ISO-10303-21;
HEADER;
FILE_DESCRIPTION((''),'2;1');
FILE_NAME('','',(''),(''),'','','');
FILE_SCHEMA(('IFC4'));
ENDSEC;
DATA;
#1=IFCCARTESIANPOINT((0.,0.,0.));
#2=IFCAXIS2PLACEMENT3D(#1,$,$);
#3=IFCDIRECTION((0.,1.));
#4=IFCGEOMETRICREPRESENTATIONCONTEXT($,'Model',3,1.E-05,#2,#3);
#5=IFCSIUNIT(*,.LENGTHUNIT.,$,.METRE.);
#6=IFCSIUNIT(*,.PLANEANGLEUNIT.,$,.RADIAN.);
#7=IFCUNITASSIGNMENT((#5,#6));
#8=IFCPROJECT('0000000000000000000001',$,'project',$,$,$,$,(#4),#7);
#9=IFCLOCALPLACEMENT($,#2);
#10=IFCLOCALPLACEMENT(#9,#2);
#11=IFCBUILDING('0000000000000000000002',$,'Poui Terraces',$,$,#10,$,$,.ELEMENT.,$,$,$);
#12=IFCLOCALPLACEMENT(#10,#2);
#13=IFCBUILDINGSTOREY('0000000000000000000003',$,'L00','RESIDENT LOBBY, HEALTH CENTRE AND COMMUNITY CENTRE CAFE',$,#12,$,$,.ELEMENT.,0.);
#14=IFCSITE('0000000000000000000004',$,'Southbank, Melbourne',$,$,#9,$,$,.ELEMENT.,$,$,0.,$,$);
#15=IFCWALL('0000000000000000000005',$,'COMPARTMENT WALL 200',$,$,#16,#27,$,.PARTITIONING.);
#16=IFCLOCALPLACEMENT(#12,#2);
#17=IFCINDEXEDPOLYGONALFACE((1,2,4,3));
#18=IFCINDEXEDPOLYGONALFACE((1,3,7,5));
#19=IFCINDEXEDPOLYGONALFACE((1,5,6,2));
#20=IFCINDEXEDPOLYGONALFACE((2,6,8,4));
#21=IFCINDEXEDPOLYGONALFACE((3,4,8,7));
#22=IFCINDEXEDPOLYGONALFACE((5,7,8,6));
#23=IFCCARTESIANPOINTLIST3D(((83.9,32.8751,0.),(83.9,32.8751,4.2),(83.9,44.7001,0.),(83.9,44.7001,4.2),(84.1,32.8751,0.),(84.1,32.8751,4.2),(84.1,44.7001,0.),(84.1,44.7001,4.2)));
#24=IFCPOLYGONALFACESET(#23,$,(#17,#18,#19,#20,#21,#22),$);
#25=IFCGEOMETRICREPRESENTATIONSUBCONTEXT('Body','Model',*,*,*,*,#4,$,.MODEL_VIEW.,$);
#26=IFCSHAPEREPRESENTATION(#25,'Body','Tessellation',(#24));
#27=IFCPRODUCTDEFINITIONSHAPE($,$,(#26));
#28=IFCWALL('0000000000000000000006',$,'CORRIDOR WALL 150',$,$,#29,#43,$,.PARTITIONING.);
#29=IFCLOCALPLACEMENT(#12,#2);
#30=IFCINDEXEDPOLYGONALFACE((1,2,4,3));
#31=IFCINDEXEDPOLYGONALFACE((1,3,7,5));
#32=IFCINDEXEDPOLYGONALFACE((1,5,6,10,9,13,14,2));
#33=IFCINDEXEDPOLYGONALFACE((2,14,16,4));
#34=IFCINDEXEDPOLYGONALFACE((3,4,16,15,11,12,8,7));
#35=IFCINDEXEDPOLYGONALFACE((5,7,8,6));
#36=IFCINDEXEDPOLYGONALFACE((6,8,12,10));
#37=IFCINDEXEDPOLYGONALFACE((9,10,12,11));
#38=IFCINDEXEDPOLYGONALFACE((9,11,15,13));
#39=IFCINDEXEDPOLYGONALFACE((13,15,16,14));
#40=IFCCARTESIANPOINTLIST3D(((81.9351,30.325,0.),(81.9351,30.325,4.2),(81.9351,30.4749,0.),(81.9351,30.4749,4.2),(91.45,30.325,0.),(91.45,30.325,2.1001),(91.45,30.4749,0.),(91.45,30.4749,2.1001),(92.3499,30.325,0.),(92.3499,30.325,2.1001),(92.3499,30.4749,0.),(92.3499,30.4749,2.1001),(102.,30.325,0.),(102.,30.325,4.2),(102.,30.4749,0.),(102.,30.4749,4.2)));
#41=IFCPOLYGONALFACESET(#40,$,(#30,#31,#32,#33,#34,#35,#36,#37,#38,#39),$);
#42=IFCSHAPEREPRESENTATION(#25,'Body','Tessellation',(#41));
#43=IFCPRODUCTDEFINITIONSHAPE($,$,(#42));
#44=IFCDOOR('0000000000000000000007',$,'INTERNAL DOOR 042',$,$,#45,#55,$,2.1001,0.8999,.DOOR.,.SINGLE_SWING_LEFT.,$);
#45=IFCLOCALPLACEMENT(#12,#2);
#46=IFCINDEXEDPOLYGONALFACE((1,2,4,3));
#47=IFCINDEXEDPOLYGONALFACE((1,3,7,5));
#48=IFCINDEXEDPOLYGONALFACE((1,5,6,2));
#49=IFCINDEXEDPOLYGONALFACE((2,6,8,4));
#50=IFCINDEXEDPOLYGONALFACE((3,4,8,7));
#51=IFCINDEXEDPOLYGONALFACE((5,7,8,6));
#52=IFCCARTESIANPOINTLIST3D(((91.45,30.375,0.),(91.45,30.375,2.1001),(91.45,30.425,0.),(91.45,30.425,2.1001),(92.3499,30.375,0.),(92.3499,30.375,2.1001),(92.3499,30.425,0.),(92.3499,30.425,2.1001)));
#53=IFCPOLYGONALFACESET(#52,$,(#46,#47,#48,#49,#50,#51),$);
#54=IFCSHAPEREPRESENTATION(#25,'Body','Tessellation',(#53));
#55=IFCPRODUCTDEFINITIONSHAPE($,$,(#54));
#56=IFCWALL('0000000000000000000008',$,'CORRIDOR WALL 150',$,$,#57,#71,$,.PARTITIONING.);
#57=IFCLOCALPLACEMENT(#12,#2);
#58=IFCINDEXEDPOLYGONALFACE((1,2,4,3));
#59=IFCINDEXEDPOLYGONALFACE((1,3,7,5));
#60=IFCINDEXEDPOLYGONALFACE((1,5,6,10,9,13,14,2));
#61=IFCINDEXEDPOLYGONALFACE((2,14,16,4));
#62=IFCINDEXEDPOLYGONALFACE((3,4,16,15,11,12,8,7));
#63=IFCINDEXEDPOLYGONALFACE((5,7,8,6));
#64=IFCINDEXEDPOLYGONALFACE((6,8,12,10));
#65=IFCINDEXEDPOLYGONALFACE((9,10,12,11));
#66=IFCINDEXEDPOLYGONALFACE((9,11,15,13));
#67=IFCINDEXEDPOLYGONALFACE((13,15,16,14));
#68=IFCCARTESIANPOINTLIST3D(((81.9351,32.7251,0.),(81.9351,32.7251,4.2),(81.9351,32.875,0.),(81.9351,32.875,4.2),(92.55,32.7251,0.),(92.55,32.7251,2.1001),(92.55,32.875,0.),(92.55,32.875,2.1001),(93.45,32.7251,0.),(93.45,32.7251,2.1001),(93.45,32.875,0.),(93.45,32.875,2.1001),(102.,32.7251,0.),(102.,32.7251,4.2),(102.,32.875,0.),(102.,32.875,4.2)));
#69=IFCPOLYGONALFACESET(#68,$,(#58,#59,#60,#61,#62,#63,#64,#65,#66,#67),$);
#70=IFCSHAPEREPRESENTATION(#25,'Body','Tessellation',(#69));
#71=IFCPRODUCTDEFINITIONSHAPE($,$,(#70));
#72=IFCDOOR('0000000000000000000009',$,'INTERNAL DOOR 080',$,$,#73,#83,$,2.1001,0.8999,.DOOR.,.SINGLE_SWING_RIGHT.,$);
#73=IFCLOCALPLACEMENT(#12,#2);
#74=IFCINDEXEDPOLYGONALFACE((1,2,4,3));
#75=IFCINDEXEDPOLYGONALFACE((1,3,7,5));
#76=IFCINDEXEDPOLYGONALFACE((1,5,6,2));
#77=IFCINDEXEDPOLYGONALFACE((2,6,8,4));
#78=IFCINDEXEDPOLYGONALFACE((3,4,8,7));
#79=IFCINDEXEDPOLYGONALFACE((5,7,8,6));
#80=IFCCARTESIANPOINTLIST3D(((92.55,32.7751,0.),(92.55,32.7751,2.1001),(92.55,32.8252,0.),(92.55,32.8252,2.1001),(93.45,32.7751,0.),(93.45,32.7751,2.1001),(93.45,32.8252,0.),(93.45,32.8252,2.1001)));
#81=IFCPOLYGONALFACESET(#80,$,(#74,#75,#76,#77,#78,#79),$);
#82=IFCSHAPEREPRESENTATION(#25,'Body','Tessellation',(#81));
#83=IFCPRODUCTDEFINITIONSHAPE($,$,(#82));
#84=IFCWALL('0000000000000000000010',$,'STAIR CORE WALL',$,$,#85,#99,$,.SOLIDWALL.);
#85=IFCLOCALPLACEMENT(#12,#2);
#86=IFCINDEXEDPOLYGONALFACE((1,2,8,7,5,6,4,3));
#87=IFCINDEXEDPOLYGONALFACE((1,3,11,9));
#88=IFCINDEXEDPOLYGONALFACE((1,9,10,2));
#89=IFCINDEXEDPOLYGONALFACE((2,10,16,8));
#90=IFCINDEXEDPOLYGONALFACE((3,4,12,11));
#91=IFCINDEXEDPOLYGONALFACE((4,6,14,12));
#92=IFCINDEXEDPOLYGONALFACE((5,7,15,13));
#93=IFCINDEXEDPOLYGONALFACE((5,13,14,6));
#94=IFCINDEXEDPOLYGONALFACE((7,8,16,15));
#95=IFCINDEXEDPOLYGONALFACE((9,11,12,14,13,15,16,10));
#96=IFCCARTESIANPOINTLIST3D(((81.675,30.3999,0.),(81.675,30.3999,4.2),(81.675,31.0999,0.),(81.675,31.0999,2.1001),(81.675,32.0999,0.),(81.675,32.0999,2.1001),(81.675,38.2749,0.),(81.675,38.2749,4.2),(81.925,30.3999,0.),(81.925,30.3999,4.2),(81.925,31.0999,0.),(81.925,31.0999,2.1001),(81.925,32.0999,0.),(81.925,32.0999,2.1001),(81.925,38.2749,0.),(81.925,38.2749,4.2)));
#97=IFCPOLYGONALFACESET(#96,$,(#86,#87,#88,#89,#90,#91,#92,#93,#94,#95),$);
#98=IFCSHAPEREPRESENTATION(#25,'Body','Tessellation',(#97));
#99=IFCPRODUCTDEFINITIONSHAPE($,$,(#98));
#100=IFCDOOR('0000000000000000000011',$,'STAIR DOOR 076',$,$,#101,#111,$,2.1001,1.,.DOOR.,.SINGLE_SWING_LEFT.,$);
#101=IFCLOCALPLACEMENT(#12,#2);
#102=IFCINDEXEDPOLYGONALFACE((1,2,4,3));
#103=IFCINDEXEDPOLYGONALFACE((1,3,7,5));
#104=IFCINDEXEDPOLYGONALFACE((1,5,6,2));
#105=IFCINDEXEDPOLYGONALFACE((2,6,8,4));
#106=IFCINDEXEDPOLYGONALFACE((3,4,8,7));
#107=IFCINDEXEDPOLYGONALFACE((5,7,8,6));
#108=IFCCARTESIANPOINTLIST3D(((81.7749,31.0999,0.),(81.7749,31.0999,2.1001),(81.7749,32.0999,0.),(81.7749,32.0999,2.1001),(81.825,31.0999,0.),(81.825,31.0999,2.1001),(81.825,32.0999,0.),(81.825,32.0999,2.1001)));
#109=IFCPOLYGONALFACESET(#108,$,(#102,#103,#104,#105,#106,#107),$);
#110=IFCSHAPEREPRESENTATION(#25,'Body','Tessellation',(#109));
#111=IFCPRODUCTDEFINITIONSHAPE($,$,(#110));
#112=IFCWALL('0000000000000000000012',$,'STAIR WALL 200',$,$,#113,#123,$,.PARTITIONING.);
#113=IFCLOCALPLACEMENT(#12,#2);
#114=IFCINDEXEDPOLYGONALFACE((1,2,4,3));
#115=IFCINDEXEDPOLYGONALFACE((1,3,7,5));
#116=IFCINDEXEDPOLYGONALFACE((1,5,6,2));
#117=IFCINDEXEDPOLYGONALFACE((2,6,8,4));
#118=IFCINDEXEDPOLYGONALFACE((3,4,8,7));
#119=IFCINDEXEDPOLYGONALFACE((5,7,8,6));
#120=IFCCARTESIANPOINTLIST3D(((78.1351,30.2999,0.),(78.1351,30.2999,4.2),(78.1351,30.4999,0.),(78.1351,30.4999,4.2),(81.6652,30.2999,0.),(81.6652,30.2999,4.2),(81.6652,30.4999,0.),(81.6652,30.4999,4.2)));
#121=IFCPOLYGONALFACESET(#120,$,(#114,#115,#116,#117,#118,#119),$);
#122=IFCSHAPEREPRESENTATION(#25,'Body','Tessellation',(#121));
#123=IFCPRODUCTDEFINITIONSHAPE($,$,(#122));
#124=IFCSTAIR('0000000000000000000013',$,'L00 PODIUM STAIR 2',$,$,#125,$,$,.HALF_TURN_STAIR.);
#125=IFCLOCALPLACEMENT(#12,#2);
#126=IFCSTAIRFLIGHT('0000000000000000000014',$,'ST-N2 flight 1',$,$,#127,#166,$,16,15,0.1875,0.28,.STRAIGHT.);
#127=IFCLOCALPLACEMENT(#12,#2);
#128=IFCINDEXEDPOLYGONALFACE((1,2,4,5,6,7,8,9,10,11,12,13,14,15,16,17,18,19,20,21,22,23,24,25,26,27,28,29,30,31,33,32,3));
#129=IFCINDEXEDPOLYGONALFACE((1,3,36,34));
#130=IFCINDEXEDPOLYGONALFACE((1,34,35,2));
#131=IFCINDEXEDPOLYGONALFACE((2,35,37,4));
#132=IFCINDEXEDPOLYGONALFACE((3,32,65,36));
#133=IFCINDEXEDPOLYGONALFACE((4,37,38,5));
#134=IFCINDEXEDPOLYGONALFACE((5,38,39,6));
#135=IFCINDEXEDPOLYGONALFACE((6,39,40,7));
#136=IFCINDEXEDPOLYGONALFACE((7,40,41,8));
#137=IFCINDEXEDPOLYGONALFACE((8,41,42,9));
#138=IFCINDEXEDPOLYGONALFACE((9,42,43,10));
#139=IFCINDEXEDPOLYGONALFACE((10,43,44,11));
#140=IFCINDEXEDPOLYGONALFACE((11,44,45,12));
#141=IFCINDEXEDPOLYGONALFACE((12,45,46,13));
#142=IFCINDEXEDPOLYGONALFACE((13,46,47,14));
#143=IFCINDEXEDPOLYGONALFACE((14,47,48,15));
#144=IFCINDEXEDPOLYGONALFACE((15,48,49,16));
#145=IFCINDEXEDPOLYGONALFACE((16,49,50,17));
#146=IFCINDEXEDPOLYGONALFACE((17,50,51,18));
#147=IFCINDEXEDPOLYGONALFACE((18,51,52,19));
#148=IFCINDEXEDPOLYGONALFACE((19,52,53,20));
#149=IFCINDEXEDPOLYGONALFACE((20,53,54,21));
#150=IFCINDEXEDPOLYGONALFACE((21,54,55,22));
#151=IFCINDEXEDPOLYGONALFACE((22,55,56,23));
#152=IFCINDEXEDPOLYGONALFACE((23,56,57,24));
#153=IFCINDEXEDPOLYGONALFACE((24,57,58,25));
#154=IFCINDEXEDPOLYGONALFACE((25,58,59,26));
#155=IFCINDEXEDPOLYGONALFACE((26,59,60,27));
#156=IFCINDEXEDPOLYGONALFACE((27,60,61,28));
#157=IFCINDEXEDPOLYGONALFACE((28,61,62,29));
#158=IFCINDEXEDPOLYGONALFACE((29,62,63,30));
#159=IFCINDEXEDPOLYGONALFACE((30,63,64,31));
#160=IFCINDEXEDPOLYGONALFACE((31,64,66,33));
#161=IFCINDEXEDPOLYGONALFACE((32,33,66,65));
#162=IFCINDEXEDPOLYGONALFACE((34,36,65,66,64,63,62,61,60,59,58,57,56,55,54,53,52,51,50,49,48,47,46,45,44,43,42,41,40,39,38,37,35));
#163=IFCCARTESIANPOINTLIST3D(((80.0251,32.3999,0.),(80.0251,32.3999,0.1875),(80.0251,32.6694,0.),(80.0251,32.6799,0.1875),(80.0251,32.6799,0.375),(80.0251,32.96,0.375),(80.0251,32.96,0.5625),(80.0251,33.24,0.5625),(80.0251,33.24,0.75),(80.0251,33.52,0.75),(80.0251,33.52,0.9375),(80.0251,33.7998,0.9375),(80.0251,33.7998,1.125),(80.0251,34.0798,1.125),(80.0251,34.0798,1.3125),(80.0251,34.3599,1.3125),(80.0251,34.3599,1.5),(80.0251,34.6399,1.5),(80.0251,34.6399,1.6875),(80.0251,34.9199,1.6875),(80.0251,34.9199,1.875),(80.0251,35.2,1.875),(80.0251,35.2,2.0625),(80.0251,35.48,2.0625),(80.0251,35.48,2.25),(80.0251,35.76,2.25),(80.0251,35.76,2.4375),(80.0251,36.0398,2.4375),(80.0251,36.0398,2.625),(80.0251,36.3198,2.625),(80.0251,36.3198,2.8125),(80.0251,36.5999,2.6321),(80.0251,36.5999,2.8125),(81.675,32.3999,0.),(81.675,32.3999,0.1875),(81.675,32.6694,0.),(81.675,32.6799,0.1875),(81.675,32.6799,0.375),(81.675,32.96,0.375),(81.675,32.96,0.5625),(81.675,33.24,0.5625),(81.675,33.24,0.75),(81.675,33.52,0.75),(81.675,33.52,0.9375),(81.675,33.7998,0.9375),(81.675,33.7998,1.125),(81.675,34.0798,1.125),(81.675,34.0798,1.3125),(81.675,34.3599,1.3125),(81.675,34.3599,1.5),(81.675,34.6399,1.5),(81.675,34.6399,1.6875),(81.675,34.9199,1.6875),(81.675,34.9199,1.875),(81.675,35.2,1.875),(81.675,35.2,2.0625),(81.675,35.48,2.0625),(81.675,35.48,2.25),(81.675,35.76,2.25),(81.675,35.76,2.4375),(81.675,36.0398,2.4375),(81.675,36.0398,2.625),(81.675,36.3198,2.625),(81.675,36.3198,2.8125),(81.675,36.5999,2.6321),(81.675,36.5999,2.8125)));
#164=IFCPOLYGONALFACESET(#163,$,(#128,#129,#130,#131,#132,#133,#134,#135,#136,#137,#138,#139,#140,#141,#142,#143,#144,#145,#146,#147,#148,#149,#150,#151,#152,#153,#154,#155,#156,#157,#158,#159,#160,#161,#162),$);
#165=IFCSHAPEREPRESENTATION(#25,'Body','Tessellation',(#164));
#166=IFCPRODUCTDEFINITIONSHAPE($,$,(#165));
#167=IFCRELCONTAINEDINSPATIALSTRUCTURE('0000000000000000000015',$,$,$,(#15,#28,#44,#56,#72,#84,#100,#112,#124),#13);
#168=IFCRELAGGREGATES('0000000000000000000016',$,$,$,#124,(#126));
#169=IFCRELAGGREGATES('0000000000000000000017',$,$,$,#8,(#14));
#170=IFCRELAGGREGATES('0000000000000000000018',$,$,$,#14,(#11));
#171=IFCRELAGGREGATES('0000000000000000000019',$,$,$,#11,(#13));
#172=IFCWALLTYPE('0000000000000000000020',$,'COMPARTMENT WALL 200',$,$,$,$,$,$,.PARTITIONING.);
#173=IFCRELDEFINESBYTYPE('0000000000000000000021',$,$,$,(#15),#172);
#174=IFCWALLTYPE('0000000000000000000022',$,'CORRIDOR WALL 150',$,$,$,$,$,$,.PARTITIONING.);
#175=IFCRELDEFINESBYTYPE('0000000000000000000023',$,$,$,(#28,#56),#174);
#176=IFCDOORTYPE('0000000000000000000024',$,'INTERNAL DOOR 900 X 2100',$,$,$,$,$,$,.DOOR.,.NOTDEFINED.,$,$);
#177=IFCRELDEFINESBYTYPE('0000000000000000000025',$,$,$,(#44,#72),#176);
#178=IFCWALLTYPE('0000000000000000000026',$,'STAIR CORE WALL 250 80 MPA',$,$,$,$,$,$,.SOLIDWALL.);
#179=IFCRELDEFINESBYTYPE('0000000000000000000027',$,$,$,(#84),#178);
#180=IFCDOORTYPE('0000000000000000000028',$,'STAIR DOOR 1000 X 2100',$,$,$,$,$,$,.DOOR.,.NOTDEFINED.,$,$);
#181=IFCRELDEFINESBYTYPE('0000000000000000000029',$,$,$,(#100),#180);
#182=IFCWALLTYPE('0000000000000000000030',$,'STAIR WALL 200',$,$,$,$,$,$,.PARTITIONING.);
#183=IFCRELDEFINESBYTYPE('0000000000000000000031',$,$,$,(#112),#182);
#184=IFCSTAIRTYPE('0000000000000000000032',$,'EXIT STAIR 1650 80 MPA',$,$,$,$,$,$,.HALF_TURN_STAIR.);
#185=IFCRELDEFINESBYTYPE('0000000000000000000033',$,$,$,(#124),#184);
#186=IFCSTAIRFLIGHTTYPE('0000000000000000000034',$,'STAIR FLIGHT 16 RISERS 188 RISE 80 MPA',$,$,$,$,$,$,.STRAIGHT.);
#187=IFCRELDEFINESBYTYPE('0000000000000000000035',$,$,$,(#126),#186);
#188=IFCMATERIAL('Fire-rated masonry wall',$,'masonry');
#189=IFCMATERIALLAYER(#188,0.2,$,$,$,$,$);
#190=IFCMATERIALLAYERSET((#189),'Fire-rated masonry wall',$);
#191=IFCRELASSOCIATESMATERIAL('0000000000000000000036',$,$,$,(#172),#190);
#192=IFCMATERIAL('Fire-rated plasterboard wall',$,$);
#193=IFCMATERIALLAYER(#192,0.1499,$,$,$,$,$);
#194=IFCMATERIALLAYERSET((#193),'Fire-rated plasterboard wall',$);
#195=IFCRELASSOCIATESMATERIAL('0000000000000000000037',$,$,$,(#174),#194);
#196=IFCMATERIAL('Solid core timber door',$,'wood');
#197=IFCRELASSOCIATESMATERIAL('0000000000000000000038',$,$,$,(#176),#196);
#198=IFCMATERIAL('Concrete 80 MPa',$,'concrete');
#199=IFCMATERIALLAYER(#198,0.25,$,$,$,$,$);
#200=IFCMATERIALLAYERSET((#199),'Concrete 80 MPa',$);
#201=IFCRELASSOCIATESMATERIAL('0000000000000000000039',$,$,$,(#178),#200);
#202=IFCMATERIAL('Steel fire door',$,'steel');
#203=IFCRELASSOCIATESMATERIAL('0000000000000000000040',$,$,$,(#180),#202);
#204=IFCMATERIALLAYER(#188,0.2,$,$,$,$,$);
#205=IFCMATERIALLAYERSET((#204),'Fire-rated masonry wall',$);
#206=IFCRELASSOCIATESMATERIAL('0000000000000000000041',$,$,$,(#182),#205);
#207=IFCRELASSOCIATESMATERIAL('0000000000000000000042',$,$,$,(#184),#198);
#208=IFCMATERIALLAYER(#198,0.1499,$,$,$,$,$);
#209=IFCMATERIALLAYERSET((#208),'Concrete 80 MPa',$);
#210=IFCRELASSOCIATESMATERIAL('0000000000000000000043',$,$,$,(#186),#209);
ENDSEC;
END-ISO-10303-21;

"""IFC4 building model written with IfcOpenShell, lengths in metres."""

from ifc_helpers import new_model, si_unit, direction, frame, frame_2d, origin, place, context, subcontext, project, spatial, polyline, rectangle, outline, extrude, material, layer, layer_set, type_object, element, fill, aggregate, save


model = new_model("IFC4")

# Units and contexts
model_context = context("Model", 3, precision=1e-05, world=origin(), true_north=direction((0.0, 1.0)))
body_context = subcontext(model_context, "Body", "Model", "MODEL_VIEW")
ifc_project = project(units=[si_unit("LENGTHUNIT", "METRE"), si_unit("PLANEANGLEUNIT", "RADIAN")], contexts=[model_context])

# Site, building, storey
site_placement = place(None, origin())
site = spatial("IfcSite", under=ifc_project, at=site_placement, Name="Southbank, Melbourne", CompositionType="ELEMENT", RefElevation=0.0)
building_placement = place(site_placement, origin())
building = spatial("IfcBuilding", under=site, at=building_placement, Name="Poui Terraces", CompositionType="ELEMENT")
storey_placement = place(building_placement, origin())
storey = spatial("IfcBuildingStorey", under=building, at=storey_placement, Name="L00", Description="RESIDENT LOBBY, HEALTH CENTRE AND COMMUNITY CENTRE CAFE", CompositionType="ELEMENT", Elevation=0.0)

# Shared definitions
ifc_material_1 = material(Name="Concrete 80 MPa", Category="concrete")

# Wall
ifc_material_2 = material(Name="Fire-rated masonry wall", Category="masonry")
ifc_layer_1 = layer(ifc_material_2, 0.2)
ifc_layer_set_1 = layer_set([ifc_layer_1], Name="Fire-rated masonry wall")
wall_type_1 = type_object("IfcWallType", Name="COMPARTMENT WALL 200", PredefinedType="PARTITIONING", material=ifc_layer_set_1)
wall_1_placement = place(storey_placement, frame((84.0, 32.875, 0.0), z_axis=(0.0, 0.0, 1.0), x_axis=(0.0, 1.0, 0.0)))
element("IfcWall", 1, at=wall_1_placement, inside=storey, type_object=wall_type_1, Name="COMPARTMENT WALL 200", PredefinedType="PARTITIONING", context=body_context, shape_type="SweptSolid", body=[
    extrude(rectangle(XDim=11.825, YDim=0.2, at=frame_2d((5.9126, 0.0))), origin(), (0.0, 0.0, 1.0), 4.2),
])

# Walls, openings, doors
ifc_material_3 = material(Name="Fire-rated plasterboard wall")
ifc_layer_2 = layer(ifc_material_3, 0.1499)
ifc_layer_set_2 = layer_set([ifc_layer_2], Name="Fire-rated plasterboard wall")
wall_type_2 = type_object("IfcWallType", Name="CORRIDOR WALL 150", PredefinedType="PARTITIONING", material=ifc_layer_set_2)
wall_2_placement = place(storey_placement, frame((81.9351, 30.3999, 0.0), z_axis=(0.0, 0.0, 1.0), x_axis=(1.0, 0.0, 0.0)))
wall_2 = element("IfcWall", 2, at=wall_2_placement, inside=storey, type_object=wall_type_2, Name="CORRIDOR WALL 150", PredefinedType="PARTITIONING", context=body_context, shape_type="SweptSolid", body=[
    extrude(rectangle(XDim=20.0649, YDim=0.1499, at=frame_2d((10.0325, 0.0))), origin(), (0.0, 0.0, 1.0), 4.2),
])
opening_1_placement = place(wall_2_placement, frame((9.5149, 0.0, 0.0)))
opening_1 = element("IfcOpeningElement", 3, at=opening_1_placement, cuts=wall_2, PredefinedType="OPENING", context=body_context, shape_type="SweptSolid", body=[
    extrude(rectangle(XDim=0.8999, YDim=2.1001, at=frame_2d((0.45, 1.05))), frame((0.0, 0.085, 0.0), z_axis=(0.0, -1.0, 0.0), x_axis=(1.0, 0.0, 0.0)), (0.0, 0.0, 1.0), 0.1699),
])
ifc_material_4 = material(Name="Solid core timber door", Category="wood")
door_type_1 = type_object("IfcDoorType", Name="INTERNAL DOOR 900 X 2100", OperationType="NOTDEFINED", PredefinedType="DOOR", material=ifc_material_4)
door_1_placement = place(opening_1_placement, frame((0.8999, 0.0, 0.0), z_axis=(0.0, 0.0, 1.0), x_axis=(-1.0, 0.0, 0.0)))
door_1 = element("IfcDoor", 4, at=door_1_placement, inside=storey, type_object=door_type_1, Name="INTERNAL DOOR 042", OperationType="SINGLE_SWING_LEFT", OverallHeight=2.1001, OverallWidth=0.8999, PredefinedType="DOOR", context=body_context, shape_type="SweptSolid", body=[
    extrude(rectangle(XDim=0.8999, YDim=2.1001, at=frame_2d((0.45, 1.05))), frame((0.0, 0.0249, 0.0), z_axis=(0.0, -1.0, 0.0), x_axis=(1.0, 0.0, 0.0)), (0.0, 0.0, 1.0), 0.05),
])
fill(opening_1, door_1)
wall_3_placement = place(storey_placement, frame((81.9351, 32.8, 0.0), z_axis=(0.0, 0.0, 1.0), x_axis=(1.0, 0.0, 0.0)))
wall_3 = element("IfcWall", 5, at=wall_3_placement, inside=storey, type_object=wall_type_2, Name="CORRIDOR WALL 150", PredefinedType="PARTITIONING", context=body_context, shape_type="SweptSolid", body=[
    extrude(rectangle(XDim=20.0649, YDim=0.1499, at=frame_2d((10.0325, 0.0))), origin(), (0.0, 0.0, 1.0), 4.2),
])
opening_2_placement = place(wall_3_placement, frame((10.615, 0.0, 0.0)))
opening_2 = element("IfcOpeningElement", 6, at=opening_2_placement, cuts=wall_3, PredefinedType="OPENING", context=body_context, shape_type="SweptSolid", body=[
    extrude(rectangle(XDim=0.8999, YDim=2.1001, at=frame_2d((0.45, 1.05))), frame((0.0, 0.085, 0.0), z_axis=(0.0, -1.0, 0.0), x_axis=(1.0, 0.0, 0.0)), (0.0, 0.0, 1.0), 0.1699),
])
door_2_placement = place(opening_2_placement, frame((0.8999, 0.0, 0.0), z_axis=(0.0, 0.0, 1.0), x_axis=(-1.0, 0.0, 0.0)))
door_2 = element("IfcDoor", 7, at=door_2_placement, inside=storey, type_object=door_type_1, Name="INTERNAL DOOR 080", OperationType="SINGLE_SWING_RIGHT", OverallHeight=2.1001, OverallWidth=0.8999, PredefinedType="DOOR", context=body_context, shape_type="SweptSolid", body=[
    extrude(rectangle(XDim=0.8999, YDim=2.1001, at=frame_2d((0.45, 1.05))), frame((0.0, 0.0249, 0.0), z_axis=(0.0, -1.0, 0.0), x_axis=(1.0, 0.0, 0.0)), (0.0, 0.0, 1.0), 0.05),
])
fill(opening_2, door_2)
ifc_layer_3 = layer(ifc_material_1, 0.25)
ifc_layer_set_3 = layer_set([ifc_layer_3], Name="Concrete 80 MPa")
wall_type_3 = type_object("IfcWallType", Name="STAIR CORE WALL 250 80 MPA", PredefinedType="SOLIDWALL", material=ifc_layer_set_3)
wall_4_placement = place(storey_placement, frame((81.8, 30.3999, 0.0), z_axis=(0.0, 0.0, 1.0), x_axis=(0.0, 1.0, 0.0)))
wall_4 = element("IfcWall", 8, at=wall_4_placement, inside=storey, type_object=wall_type_3, Name="STAIR CORE WALL", PredefinedType="SOLIDWALL", context=body_context, shape_type="SweptSolid", body=[
    extrude(rectangle(XDim=7.875, YDim=0.25, at=frame_2d((3.9375, 0.0))), origin(), (0.0, 0.0, 1.0), 4.2),
])
opening_3_placement = place(wall_4_placement, frame((0.7, 0.0, 0.0)))
opening_3 = element("IfcOpeningElement", 9, at=opening_3_placement, cuts=wall_4, PredefinedType="OPENING", context=body_context, shape_type="SweptSolid", body=[
    extrude(rectangle(XDim=1.0, YDim=2.1001, at=frame_2d((0.5, 1.05))), frame((0.0, 0.135, 0.0), z_axis=(0.0, -1.0, 0.0), x_axis=(1.0, 0.0, 0.0)), (0.0, 0.0, 1.0), 0.27),
])
ifc_material_5 = material(Name="Steel fire door", Category="steel")
door_type_2 = type_object("IfcDoorType", Name="STAIR DOOR 1000 X 2100", OperationType="NOTDEFINED", PredefinedType="DOOR", material=ifc_material_5)
door_3_placement = place(opening_3_placement, frame((1.0, 0.0, 0.0), z_axis=(0.0, 0.0, 1.0), x_axis=(-1.0, 0.0, 0.0)))
door_3 = element("IfcDoor", 10, at=door_3_placement, inside=storey, type_object=door_type_2, Name="STAIR DOOR 076", OperationType="SINGLE_SWING_LEFT", OverallHeight=2.1001, OverallWidth=1.0, PredefinedType="DOOR", context=body_context, shape_type="SweptSolid", body=[
    extrude(rectangle(XDim=1.0, YDim=2.1001, at=frame_2d((0.5, 1.05))), frame((0.0, 0.0249, 0.0), z_axis=(0.0, -1.0, 0.0), x_axis=(1.0, 0.0, 0.0)), (0.0, 0.0, 1.0), 0.05),
])
fill(opening_3, door_3)

# Wall
ifc_layer_4 = layer(ifc_material_2, 0.2)
ifc_layer_set_4 = layer_set([ifc_layer_4], Name="Fire-rated masonry wall")
wall_type_4 = type_object("IfcWallType", Name="STAIR WALL 200", PredefinedType="PARTITIONING", material=ifc_layer_set_4)
wall_5_placement = place(storey_placement, frame((78.135, 30.3999, 0.0), z_axis=(0.0, 0.0, 1.0), x_axis=(1.0, 0.0, 0.0)))
element("IfcWall", 11, at=wall_5_placement, inside=storey, type_object=wall_type_4, Name="STAIR WALL 200", PredefinedType="PARTITIONING", context=body_context, shape_type="SweptSolid", body=[
    extrude(rectangle(XDim=3.53, YDim=0.2, at=frame_2d((1.7651, 0.0))), origin(), (0.0, 0.0, 1.0), 4.2),
])

# Stair, stair flight
stair_type = type_object("IfcStairType", Name="EXIT STAIR 1650 80 MPA", PredefinedType="HALF_TURN_STAIR", material=ifc_material_1)
stair_placement = place(storey_placement, origin())
stair = element("IfcStair", 12, at=stair_placement, inside=storey, type_object=stair_type, Name="L00 PODIUM STAIR 2", PredefinedType="HALF_TURN_STAIR")
ifc_layer_5 = layer(ifc_material_1, 0.1499)
ifc_layer_set_5 = layer_set([ifc_layer_5], Name="Concrete 80 MPa")
stair_flight_type = type_object("IfcStairFlightType", Name="STAIR FLIGHT 16 RISERS 188 RISE 80 MPA", PredefinedType="STRAIGHT", material=ifc_layer_set_5)
stair_flight_1_placement = place(storey_placement, frame((80.8501, 32.3999, 0.0), z_axis=(0.0, 0.0, 1.0), x_axis=(0.0, 1.0, 0.0)))
stair_flight_1 = element("IfcStairFlight", 13, at=stair_flight_1_placement, type_object=stair_flight_type, Name="ST-N2 flight 1", NumberOfRisers=16, NumberOfTreads=15, PredefinedType="STRAIGHT", RiserHeight=0.1875, TreadLength=0.28, context=body_context, shape_type="SweptSolid", body=[
    extrude(outline(polyline([(0.0, 0.0), (0.0, 0.1875), (0.28, 0.1875), (0.28, 0.375), (0.5601, 0.375), (0.5601, 0.5625), (0.8401, 0.5625), (0.8401, 0.75), (1.1201, 0.75), (1.1201, 0.9375), (1.3999, 0.9375), (1.3999, 1.125), (1.6799, 1.125), (1.6799, 1.3125), (1.96, 1.3125), (1.96, 1.5), (2.24, 1.5), (2.24, 1.6875), (2.52, 1.6875), (2.52, 1.875), (2.8, 1.875), (2.8, 2.0625), (3.0801, 2.0625), (3.0801, 2.25), (3.3601, 2.25), (3.3601, 2.4375), (3.6399, 2.4375), (3.6399, 2.625), (3.9199, 2.625), (3.9199, 2.8125), (4.2, 2.8125), (4.2, 3.0), (4.2, 2.6321), (0.2695, 0.0), (0.0, 0.0)])), frame((0.0, 0.825, 0.0), z_axis=(0.0, -1.0, 0.0), x_axis=(1.0, 0.0, 0.0)), (0.0, 0.0, 1.0), 1.6499),
])
aggregate(stair, [stair_flight_1])

save(model, "model.ifc")
